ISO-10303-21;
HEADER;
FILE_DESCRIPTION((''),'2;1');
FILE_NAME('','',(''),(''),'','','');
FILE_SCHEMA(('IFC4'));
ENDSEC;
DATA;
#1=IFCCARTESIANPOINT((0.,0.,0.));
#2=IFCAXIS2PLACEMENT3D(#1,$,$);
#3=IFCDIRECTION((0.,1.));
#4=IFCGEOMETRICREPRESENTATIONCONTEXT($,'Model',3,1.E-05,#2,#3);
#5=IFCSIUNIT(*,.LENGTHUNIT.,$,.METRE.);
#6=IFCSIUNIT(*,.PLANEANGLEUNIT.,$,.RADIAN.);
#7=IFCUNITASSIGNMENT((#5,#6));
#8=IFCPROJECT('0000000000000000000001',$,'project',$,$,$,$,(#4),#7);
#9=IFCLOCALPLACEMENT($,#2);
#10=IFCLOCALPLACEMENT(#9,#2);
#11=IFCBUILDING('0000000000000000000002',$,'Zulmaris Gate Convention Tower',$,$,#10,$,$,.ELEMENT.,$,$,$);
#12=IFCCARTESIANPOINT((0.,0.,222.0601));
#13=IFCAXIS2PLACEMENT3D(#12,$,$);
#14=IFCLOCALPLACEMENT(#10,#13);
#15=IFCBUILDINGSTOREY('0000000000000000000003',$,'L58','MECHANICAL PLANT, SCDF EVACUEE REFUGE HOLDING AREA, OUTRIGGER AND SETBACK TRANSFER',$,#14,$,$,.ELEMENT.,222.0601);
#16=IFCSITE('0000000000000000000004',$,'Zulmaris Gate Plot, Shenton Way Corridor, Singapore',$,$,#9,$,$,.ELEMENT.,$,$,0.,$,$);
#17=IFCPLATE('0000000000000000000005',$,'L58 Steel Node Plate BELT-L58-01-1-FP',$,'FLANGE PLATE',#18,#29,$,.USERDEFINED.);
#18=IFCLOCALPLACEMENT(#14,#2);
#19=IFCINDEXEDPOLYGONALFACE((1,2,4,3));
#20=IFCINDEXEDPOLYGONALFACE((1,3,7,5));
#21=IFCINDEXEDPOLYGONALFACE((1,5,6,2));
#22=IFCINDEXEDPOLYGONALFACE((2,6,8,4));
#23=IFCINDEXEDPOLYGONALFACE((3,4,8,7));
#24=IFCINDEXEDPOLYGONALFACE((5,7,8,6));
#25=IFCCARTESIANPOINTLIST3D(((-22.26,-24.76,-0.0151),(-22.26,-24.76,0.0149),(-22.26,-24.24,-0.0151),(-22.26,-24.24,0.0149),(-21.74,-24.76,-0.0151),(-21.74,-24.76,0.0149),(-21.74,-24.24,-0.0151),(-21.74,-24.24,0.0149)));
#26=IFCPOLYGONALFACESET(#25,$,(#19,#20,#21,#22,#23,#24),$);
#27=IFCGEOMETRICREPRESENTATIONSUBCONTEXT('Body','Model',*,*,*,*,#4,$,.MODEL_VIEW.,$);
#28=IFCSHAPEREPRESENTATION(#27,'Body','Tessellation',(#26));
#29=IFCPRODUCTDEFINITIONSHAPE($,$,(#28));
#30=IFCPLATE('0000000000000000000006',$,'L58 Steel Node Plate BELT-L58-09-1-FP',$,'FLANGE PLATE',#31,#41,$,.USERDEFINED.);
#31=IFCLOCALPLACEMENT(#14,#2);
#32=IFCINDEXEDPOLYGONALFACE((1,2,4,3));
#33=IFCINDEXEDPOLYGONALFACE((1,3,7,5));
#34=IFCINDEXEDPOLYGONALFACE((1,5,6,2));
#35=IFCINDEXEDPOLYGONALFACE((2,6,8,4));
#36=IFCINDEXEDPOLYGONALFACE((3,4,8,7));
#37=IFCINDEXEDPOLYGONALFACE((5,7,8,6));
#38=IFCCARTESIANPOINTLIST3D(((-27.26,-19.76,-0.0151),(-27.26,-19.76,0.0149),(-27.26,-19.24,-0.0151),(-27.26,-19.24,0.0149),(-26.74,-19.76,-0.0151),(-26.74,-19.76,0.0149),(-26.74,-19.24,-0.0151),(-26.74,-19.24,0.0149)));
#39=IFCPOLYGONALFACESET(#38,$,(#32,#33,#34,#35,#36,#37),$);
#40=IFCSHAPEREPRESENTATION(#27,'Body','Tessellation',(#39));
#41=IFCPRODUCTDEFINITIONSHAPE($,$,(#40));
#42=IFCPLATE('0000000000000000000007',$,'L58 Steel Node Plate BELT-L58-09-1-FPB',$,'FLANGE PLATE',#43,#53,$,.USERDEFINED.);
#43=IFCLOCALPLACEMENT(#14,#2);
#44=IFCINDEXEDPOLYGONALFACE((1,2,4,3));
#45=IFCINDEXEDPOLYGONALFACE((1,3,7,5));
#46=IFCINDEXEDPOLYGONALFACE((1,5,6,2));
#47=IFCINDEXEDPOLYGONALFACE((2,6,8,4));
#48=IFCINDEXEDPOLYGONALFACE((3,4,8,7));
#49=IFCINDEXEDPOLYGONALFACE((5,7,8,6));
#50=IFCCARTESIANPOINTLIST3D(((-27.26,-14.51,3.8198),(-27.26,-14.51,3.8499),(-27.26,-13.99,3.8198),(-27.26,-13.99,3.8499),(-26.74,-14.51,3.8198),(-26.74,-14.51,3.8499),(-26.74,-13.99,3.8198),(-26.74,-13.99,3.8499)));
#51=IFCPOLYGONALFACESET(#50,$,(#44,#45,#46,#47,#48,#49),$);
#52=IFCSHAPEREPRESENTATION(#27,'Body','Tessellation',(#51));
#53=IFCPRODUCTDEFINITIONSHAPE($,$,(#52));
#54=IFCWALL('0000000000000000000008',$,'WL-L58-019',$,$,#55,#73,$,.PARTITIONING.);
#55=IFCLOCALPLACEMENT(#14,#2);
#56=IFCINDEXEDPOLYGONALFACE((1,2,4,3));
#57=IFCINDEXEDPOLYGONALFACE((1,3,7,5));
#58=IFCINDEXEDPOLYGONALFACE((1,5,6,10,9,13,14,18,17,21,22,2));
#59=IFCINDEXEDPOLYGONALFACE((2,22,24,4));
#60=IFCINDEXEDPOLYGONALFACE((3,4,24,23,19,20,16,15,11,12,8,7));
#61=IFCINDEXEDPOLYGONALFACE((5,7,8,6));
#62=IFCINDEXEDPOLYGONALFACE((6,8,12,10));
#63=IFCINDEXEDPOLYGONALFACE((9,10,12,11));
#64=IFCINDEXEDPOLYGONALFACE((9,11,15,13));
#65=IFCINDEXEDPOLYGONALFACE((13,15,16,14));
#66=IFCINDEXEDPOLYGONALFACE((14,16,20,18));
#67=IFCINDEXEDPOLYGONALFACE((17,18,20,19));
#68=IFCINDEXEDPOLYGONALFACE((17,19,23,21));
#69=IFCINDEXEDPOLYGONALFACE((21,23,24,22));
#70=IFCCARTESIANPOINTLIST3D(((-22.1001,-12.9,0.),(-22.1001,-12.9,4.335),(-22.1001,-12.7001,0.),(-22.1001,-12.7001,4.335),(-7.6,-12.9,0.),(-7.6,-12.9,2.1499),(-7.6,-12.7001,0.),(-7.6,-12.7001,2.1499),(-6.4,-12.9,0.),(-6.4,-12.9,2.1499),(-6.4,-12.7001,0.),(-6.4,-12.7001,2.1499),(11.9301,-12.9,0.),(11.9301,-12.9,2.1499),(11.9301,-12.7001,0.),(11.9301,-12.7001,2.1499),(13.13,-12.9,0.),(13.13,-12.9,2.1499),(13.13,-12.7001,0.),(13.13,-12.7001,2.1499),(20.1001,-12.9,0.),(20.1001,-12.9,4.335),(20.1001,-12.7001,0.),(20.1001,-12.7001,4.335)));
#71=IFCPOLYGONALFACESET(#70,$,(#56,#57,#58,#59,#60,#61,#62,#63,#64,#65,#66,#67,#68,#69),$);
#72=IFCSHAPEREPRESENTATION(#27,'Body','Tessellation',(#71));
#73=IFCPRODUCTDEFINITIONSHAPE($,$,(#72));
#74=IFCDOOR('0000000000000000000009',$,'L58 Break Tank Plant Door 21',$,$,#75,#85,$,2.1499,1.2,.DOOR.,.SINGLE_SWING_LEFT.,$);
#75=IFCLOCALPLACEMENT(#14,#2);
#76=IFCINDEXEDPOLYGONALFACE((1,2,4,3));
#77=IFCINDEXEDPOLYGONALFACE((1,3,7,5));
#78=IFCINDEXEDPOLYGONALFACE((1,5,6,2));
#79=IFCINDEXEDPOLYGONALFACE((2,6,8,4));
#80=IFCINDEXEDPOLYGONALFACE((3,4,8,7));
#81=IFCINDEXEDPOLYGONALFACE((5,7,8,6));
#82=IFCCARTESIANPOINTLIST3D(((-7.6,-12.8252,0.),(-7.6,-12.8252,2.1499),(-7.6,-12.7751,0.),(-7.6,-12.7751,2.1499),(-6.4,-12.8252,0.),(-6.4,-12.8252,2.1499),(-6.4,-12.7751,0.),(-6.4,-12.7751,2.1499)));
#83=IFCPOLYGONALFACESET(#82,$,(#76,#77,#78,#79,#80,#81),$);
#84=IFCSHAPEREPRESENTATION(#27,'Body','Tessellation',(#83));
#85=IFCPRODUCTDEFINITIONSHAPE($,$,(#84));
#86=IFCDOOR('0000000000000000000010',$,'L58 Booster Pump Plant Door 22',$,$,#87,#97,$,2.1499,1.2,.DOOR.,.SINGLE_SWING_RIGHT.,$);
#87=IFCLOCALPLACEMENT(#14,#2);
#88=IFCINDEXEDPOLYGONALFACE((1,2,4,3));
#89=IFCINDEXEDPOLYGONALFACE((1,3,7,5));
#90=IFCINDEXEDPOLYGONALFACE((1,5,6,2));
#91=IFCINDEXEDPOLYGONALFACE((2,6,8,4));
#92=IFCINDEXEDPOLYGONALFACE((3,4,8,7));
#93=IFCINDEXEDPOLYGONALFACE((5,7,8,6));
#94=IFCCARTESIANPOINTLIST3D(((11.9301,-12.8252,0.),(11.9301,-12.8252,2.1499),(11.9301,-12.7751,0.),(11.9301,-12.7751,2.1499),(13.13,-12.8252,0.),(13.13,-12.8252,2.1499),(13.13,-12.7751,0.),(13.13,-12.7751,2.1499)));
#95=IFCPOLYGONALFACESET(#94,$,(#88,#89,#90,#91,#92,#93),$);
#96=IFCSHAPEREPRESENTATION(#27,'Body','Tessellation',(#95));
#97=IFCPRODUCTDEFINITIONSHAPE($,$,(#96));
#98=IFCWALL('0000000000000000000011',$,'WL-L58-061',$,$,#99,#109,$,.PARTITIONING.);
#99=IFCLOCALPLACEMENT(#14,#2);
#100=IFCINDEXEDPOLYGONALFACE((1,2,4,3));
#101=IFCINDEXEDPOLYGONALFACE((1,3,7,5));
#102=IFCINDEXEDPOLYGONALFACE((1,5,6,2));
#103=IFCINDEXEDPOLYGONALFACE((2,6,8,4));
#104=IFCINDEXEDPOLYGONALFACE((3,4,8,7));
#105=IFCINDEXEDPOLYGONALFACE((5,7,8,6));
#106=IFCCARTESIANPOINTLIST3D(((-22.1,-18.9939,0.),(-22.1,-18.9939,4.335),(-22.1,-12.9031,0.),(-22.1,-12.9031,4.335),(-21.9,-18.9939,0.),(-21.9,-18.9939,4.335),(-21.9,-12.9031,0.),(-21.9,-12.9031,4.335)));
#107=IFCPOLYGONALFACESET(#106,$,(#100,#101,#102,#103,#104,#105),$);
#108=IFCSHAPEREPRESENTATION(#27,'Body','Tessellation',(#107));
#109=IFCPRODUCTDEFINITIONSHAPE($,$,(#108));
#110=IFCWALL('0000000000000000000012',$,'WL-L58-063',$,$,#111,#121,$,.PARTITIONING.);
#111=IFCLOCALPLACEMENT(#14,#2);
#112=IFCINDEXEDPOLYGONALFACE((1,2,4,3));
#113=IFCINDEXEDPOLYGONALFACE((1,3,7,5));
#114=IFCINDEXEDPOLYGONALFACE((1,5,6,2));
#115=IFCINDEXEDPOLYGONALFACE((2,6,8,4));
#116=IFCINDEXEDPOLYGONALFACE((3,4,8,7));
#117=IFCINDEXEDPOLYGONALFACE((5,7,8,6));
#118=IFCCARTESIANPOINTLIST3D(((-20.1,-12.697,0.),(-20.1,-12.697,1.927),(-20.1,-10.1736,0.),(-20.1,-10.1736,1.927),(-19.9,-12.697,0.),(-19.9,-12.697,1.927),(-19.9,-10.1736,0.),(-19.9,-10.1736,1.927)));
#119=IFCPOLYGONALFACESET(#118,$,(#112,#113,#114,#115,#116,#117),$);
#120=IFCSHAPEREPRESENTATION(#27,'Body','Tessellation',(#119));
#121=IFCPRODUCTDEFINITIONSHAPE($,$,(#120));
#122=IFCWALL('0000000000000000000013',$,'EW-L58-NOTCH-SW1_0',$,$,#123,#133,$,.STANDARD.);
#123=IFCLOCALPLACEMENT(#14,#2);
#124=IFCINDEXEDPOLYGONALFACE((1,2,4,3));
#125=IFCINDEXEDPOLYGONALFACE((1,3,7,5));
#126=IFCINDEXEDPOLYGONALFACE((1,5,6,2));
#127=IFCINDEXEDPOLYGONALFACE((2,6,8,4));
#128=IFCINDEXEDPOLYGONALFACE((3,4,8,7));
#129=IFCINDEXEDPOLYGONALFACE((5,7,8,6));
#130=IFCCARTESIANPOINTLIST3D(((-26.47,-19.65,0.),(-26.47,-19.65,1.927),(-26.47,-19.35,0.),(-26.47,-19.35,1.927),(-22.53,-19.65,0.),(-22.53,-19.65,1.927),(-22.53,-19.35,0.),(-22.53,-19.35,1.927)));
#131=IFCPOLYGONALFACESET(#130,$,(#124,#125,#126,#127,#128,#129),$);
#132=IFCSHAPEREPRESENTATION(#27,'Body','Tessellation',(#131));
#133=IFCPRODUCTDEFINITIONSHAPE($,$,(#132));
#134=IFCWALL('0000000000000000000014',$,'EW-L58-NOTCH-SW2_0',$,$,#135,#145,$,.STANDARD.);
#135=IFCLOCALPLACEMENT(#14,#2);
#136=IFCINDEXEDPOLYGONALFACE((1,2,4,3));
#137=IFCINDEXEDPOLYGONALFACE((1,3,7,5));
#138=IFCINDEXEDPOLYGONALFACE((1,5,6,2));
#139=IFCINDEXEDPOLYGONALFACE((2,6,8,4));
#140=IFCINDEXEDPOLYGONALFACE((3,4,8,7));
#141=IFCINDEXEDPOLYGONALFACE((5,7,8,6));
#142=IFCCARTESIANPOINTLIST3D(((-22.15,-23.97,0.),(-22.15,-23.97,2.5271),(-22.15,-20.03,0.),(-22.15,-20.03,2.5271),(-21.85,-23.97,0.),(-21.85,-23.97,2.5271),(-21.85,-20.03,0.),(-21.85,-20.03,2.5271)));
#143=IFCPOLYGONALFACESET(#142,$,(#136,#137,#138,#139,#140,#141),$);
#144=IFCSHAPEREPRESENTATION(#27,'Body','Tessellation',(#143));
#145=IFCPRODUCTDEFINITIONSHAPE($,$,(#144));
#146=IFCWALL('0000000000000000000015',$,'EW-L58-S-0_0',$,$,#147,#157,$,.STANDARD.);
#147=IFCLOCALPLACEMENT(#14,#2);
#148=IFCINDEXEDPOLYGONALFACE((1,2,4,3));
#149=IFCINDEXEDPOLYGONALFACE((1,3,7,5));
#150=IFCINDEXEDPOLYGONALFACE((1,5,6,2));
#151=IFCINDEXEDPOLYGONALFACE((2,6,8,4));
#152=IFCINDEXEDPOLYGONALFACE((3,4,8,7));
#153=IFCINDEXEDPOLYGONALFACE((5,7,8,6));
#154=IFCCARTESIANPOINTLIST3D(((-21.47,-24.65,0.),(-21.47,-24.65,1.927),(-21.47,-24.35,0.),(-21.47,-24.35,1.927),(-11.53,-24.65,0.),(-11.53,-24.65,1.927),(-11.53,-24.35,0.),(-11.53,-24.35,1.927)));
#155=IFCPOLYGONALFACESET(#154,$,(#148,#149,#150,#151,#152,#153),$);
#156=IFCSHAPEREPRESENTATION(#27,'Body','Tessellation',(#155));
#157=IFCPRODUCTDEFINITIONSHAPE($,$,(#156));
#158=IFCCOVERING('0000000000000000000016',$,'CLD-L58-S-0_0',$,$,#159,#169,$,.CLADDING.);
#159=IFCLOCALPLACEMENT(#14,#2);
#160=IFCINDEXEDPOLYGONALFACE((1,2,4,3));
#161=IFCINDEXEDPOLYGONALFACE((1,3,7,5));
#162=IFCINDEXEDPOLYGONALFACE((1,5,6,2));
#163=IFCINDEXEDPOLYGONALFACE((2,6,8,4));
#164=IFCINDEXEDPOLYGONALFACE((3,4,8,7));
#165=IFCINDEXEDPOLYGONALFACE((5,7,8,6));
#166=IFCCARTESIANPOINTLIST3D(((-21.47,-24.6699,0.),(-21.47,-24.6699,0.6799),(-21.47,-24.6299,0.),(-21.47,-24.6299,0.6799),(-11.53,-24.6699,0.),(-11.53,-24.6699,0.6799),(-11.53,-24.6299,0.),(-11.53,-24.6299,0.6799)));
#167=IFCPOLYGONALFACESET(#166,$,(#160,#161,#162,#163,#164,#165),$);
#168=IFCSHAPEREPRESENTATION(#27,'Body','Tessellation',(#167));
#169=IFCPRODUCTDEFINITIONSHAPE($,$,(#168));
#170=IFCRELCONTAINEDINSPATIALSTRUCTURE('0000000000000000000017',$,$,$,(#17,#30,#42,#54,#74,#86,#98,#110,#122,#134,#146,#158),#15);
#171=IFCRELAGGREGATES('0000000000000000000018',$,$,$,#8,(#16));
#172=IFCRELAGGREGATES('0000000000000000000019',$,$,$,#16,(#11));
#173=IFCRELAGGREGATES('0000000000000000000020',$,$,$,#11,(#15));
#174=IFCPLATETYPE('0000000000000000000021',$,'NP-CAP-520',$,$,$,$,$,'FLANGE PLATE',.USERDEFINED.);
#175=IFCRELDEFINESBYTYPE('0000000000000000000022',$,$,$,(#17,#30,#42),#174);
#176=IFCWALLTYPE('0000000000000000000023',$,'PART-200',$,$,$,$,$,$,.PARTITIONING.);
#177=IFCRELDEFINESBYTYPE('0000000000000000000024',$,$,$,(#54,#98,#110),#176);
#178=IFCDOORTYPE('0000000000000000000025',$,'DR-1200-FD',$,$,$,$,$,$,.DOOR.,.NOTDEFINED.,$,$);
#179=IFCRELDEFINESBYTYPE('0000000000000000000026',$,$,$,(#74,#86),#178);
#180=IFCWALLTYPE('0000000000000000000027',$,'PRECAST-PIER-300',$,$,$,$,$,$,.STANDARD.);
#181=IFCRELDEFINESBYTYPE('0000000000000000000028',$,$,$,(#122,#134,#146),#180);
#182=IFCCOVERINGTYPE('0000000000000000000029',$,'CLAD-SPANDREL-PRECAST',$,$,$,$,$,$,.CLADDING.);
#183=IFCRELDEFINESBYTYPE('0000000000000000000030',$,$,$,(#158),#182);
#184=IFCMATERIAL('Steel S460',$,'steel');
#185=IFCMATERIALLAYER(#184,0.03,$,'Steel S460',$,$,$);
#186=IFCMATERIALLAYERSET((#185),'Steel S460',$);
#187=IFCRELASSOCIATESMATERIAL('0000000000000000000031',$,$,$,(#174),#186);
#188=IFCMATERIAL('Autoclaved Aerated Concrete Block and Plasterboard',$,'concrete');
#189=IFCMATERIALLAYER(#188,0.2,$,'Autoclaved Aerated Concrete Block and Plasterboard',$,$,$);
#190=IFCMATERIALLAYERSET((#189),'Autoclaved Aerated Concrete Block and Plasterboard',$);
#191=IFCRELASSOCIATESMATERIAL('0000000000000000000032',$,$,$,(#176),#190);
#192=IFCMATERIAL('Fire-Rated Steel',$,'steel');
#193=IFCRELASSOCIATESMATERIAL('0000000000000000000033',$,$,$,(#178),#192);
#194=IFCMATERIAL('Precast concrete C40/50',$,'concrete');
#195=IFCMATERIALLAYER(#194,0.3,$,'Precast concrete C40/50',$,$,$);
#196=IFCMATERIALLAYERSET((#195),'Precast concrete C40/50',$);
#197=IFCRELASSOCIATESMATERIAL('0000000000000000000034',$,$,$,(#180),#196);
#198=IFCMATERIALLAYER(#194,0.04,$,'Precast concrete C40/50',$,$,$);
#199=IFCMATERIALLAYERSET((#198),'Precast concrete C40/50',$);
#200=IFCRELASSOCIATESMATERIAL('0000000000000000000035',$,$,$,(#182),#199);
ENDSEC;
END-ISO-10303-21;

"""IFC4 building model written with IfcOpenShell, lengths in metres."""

from ifc_helpers import new_model, si_unit, direction, frame, frame_2d, origin, origin_2d, place, context, subcontext, project, spatial, rectangle, extrude, material, layer, layer_set, type_object, element, fill, save


model = new_model("IFC4")

# Units and contexts
model_context = context("Model", 3, precision=1e-05, world=origin(), true_north=direction((0.0, 1.0)))
body_context = subcontext(model_context, "Body", "Model", "MODEL_VIEW")
ifc_project = project(units=[si_unit("LENGTHUNIT", "METRE"), si_unit("PLANEANGLEUNIT", "RADIAN")], contexts=[model_context])

# Site, building, storey
site_placement = place(None, origin())
site = spatial("IfcSite", under=ifc_project, at=site_placement, Name="Zulmaris Gate Plot, Shenton Way Corridor, Singapore", CompositionType="ELEMENT", RefElevation=0.0)
building_placement = place(site_placement, origin())
building = spatial("IfcBuilding", under=site, at=building_placement, Name="Zulmaris Gate Convention Tower", CompositionType="ELEMENT")
storey_placement = place(building_placement, frame((0.0, 0.0, 222.0601)))
storey = spatial("IfcBuildingStorey", under=building, at=storey_placement, Name="L58", Description="MECHANICAL PLANT, SCDF EVACUEE REFUGE HOLDING AREA, OUTRIGGER AND SETBACK TRANSFER", CompositionType="ELEMENT", Elevation=222.0601)

# Shared definitions
ifc_material_1 = material(Name="Steel S460", Category="steel")

# Plates
ifc_layer_1 = layer(ifc_material_1, 0.03, Name="Steel S460")
ifc_layer_set_1 = layer_set([ifc_layer_1], Name="Steel S460")
plate_type = type_object("IfcPlateType", Name="NP-CAP-520", ElementType="FLANGE PLATE", PredefinedType="USERDEFINED", material=ifc_layer_set_1)
for number, where, z_axis, x_axis, name in (
    (1, (-22.0, -24.5, -0.0151), (0.0, 0.0, 1.0), (1.0, 0.0, 0.0), "L58 Steel Node Plate BELT-L58-01-1-FP"),
    (2, (-27.0, -19.5, -0.0151), (0.0, 0.0, 1.0), (1.0, 0.0, 0.0), "L58 Steel Node Plate BELT-L58-09-1-FP"),
    (3, (-27.0, -14.25, 3.8198), (0.0, 0.0, 1.0), (1.0, 0.0, 0.0), "L58 Steel Node Plate BELT-L58-09-1-FPB"),
):
    element("IfcPlate", number, at=place(storey_placement, frame(where, z_axis=z_axis, x_axis=x_axis)), inside=storey, type_object=plate_type, Name=name, ObjectType="FLANGE PLATE", PredefinedType="USERDEFINED", context=body_context, shape_type="SweptSolid", body=[
        extrude(rectangle(XDim=0.52, YDim=0.52, at=origin_2d()), origin(), (0.0, 0.0, 1.0), 0.03),
    ])

# Wall, openings, doors
ifc_material_2 = material(Name="Autoclaved Aerated Concrete Block and Plasterboard", Category="concrete")
ifc_layer_2 = layer(ifc_material_2, 0.2, Name="Autoclaved Aerated Concrete Block and Plasterboard")
ifc_layer_set_2 = layer_set([ifc_layer_2], Name="Autoclaved Aerated Concrete Block and Plasterboard")
wall_type_1 = type_object("IfcWallType", Name="PART-200", PredefinedType="PARTITIONING", material=ifc_layer_set_2)
wall_1_placement = place(storey_placement, frame((-22.1001, -12.8, 0.0), z_axis=(0.0, 0.0, 1.0), x_axis=(1.0, 0.0, 0.0)))
wall_1 = element("IfcWall", 4, at=wall_1_placement, inside=storey, type_object=wall_type_1, Name="WL-L58-019", PredefinedType="PARTITIONING", context=body_context, shape_type="SweptSolid", body=[
    extrude(rectangle(XDim=42.2002, YDim=0.2, at=frame_2d((21.1001, 0.0))), origin(), (0.0, 0.0, 1.0), 4.335),
])
opening_1_placement = place(wall_1_placement, frame((14.5, 0.0, 0.0)))
opening_1 = element("IfcOpeningElement", 5, at=opening_1_placement, cuts=wall_1, PredefinedType="OPENING", context=body_context, shape_type="SweptSolid", body=[
    extrude(rectangle(XDim=1.2, YDim=2.1499, at=frame_2d((0.6001, 1.075))), frame((0.0, 0.1099, 0.0), z_axis=(0.0, -1.0, 0.0), x_axis=(1.0, 0.0, 0.0)), (0.0, 0.0, 1.0), 0.22),
])
opening_2_placement = place(wall_1_placement, frame((34.03, 0.0, 0.0)))
opening_2 = element("IfcOpeningElement", 6, at=opening_2_placement, cuts=wall_1, PredefinedType="OPENING", context=body_context, shape_type="SweptSolid", body=[
    extrude(rectangle(XDim=1.2, YDim=2.1499, at=frame_2d((0.6001, 1.075))), frame((0.0, 0.1099, 0.0), z_axis=(0.0, -1.0, 0.0), x_axis=(1.0, 0.0, 0.0)), (0.0, 0.0, 1.0), 0.22),
])
ifc_material_3 = material(Name="Fire-Rated Steel", Category="steel")
door_type = type_object("IfcDoorType", Name="DR-1200-FD", OperationType="NOTDEFINED", PredefinedType="DOOR", material=ifc_material_3)
door_1_placement = place(opening_1_placement, origin())
door_1 = element("IfcDoor", 7, at=door_1_placement, inside=storey, type_object=door_type, Name="L58 Break Tank Plant Door 21", OperationType="SINGLE_SWING_LEFT", OverallHeight=2.1499, OverallWidth=1.2, PredefinedType="DOOR", context=body_context, shape_type="SweptSolid", body=[
    extrude(rectangle(XDim=1.2, YDim=2.1499, at=frame_2d((0.6001, 1.075))), frame((0.0, 0.0249, 0.0), z_axis=(0.0, -1.0, 0.0), x_axis=(1.0, 0.0, 0.0)), (0.0, 0.0, 1.0), 0.05),
])
fill(opening_1, door_1)
door_2_placement = place(opening_2_placement, origin())
door_2 = element("IfcDoor", 8, at=door_2_placement, inside=storey, type_object=door_type, Name="L58 Booster Pump Plant Door 22", OperationType="SINGLE_SWING_RIGHT", OverallHeight=2.1499, OverallWidth=1.2, PredefinedType="DOOR", context=body_context, shape_type="SweptSolid", body=[
    extrude(rectangle(XDim=1.2, YDim=2.1499, at=frame_2d((0.6001, 1.075))), frame((0.0, 0.0249, 0.0), z_axis=(0.0, -1.0, 0.0), x_axis=(1.0, 0.0, 0.0)), (0.0, 0.0, 1.0), 0.05),
])
fill(opening_2, door_2)

# Walls
wall_2_placement = place(storey_placement, frame((-22.0, -18.9939, 0.0), z_axis=(0.0, 0.0, 1.0), x_axis=(0.0, 1.0, 0.0)))
element("IfcWall", 9, at=wall_2_placement, inside=storey, type_object=wall_type_1, Name="WL-L58-061", PredefinedType="PARTITIONING", context=body_context, shape_type="SweptSolid", body=[
    extrude(rectangle(XDim=6.0908, YDim=0.2, at=frame_2d((3.0454, 0.0))), origin(), (0.0, 0.0, 1.0), 4.335),
])
wall_3_placement = place(storey_placement, frame((-20.0, -12.697, 0.0), z_axis=(0.0, 0.0, 1.0), x_axis=(0.0, 1.0, 0.0)))
element("IfcWall", 10, at=wall_3_placement, inside=storey, type_object=wall_type_1, Name="WL-L58-063", PredefinedType="PARTITIONING", context=body_context, shape_type="SweptSolid", body=[
    extrude(rectangle(XDim=2.5234, YDim=0.2, at=frame_2d((1.2617, 0.0))), origin(), (0.0, 0.0, 1.0), 1.927),
])
ifc_material_4 = material(Name="Precast concrete C40/50", Category="concrete")
ifc_layer_3 = layer(ifc_material_4, 0.3, Name="Precast concrete C40/50")
ifc_layer_set_3 = layer_set([ifc_layer_3], Name="Precast concrete C40/50")
wall_type_2 = type_object("IfcWallType", Name="PRECAST-PIER-300", PredefinedType="STANDARD", material=ifc_layer_set_3)
wall_4_placement = place(storey_placement, frame((-26.47, -19.5, 0.0), z_axis=(0.0, 0.0, 1.0), x_axis=(1.0, 0.0, 0.0)))
element("IfcWall", 11, at=wall_4_placement, inside=storey, type_object=wall_type_2, Name="EW-L58-NOTCH-SW1_0", PredefinedType="STANDARD", context=body_context, shape_type="SweptSolid", body=[
    extrude(rectangle(XDim=3.9399, YDim=0.3, at=frame_2d((1.97, 0.0))), origin(), (0.0, 0.0, 1.0), 1.927),
])
wall_5_placement = place(storey_placement, frame((-22.0, -20.03, 0.0), z_axis=(0.0, 0.0, 1.0), x_axis=(0.0, -1.0, 0.0)))
element("IfcWall", 12, at=wall_5_placement, inside=storey, type_object=wall_type_2, Name="EW-L58-NOTCH-SW2_0", PredefinedType="STANDARD", context=body_context, shape_type="SweptSolid", body=[
    extrude(rectangle(XDim=3.9399, YDim=0.3, at=frame_2d((1.97, 0.0))), origin(), (0.0, 0.0, 1.0), 2.5271),
])
wall_6_placement = place(storey_placement, frame((-21.47, -24.5, 0.0), z_axis=(0.0, 0.0, 1.0), x_axis=(1.0, 0.0, 0.0)))
element("IfcWall", 13, at=wall_6_placement, inside=storey, type_object=wall_type_2, Name="EW-L58-S-0_0", PredefinedType="STANDARD", context=body_context, shape_type="SweptSolid", body=[
    extrude(rectangle(XDim=9.9399, YDim=0.3, at=frame_2d((4.97, 0.0))), origin(), (0.0, 0.0, 1.0), 1.927),
])

# Covering
ifc_layer_4 = layer(ifc_material_4, 0.04, Name="Precast concrete C40/50")
ifc_layer_set_4 = layer_set([ifc_layer_4], Name="Precast concrete C40/50")
covering_type = type_object("IfcCoveringType", Name="CLAD-SPANDREL-PRECAST", PredefinedType="CLADDING", material=ifc_layer_set_4)
covering_placement = place(storey_placement, frame((-21.47, -24.6499, 0.0), z_axis=(0.0, 0.0, 1.0), x_axis=(1.0, 0.0, 0.0)))
element("IfcCovering", 14, at=covering_placement, inside=storey, type_object=covering_type, Name="CLD-L58-S-0_0", PredefinedType="CLADDING", context=body_context, shape_type="SweptSolid", body=[
    extrude(rectangle(XDim=9.9399, YDim=0.04, at=frame_2d((4.97, 0.0))), origin(), (0.0, 0.0, 1.0), 0.6799),
])

save(model, "model.ifc")
